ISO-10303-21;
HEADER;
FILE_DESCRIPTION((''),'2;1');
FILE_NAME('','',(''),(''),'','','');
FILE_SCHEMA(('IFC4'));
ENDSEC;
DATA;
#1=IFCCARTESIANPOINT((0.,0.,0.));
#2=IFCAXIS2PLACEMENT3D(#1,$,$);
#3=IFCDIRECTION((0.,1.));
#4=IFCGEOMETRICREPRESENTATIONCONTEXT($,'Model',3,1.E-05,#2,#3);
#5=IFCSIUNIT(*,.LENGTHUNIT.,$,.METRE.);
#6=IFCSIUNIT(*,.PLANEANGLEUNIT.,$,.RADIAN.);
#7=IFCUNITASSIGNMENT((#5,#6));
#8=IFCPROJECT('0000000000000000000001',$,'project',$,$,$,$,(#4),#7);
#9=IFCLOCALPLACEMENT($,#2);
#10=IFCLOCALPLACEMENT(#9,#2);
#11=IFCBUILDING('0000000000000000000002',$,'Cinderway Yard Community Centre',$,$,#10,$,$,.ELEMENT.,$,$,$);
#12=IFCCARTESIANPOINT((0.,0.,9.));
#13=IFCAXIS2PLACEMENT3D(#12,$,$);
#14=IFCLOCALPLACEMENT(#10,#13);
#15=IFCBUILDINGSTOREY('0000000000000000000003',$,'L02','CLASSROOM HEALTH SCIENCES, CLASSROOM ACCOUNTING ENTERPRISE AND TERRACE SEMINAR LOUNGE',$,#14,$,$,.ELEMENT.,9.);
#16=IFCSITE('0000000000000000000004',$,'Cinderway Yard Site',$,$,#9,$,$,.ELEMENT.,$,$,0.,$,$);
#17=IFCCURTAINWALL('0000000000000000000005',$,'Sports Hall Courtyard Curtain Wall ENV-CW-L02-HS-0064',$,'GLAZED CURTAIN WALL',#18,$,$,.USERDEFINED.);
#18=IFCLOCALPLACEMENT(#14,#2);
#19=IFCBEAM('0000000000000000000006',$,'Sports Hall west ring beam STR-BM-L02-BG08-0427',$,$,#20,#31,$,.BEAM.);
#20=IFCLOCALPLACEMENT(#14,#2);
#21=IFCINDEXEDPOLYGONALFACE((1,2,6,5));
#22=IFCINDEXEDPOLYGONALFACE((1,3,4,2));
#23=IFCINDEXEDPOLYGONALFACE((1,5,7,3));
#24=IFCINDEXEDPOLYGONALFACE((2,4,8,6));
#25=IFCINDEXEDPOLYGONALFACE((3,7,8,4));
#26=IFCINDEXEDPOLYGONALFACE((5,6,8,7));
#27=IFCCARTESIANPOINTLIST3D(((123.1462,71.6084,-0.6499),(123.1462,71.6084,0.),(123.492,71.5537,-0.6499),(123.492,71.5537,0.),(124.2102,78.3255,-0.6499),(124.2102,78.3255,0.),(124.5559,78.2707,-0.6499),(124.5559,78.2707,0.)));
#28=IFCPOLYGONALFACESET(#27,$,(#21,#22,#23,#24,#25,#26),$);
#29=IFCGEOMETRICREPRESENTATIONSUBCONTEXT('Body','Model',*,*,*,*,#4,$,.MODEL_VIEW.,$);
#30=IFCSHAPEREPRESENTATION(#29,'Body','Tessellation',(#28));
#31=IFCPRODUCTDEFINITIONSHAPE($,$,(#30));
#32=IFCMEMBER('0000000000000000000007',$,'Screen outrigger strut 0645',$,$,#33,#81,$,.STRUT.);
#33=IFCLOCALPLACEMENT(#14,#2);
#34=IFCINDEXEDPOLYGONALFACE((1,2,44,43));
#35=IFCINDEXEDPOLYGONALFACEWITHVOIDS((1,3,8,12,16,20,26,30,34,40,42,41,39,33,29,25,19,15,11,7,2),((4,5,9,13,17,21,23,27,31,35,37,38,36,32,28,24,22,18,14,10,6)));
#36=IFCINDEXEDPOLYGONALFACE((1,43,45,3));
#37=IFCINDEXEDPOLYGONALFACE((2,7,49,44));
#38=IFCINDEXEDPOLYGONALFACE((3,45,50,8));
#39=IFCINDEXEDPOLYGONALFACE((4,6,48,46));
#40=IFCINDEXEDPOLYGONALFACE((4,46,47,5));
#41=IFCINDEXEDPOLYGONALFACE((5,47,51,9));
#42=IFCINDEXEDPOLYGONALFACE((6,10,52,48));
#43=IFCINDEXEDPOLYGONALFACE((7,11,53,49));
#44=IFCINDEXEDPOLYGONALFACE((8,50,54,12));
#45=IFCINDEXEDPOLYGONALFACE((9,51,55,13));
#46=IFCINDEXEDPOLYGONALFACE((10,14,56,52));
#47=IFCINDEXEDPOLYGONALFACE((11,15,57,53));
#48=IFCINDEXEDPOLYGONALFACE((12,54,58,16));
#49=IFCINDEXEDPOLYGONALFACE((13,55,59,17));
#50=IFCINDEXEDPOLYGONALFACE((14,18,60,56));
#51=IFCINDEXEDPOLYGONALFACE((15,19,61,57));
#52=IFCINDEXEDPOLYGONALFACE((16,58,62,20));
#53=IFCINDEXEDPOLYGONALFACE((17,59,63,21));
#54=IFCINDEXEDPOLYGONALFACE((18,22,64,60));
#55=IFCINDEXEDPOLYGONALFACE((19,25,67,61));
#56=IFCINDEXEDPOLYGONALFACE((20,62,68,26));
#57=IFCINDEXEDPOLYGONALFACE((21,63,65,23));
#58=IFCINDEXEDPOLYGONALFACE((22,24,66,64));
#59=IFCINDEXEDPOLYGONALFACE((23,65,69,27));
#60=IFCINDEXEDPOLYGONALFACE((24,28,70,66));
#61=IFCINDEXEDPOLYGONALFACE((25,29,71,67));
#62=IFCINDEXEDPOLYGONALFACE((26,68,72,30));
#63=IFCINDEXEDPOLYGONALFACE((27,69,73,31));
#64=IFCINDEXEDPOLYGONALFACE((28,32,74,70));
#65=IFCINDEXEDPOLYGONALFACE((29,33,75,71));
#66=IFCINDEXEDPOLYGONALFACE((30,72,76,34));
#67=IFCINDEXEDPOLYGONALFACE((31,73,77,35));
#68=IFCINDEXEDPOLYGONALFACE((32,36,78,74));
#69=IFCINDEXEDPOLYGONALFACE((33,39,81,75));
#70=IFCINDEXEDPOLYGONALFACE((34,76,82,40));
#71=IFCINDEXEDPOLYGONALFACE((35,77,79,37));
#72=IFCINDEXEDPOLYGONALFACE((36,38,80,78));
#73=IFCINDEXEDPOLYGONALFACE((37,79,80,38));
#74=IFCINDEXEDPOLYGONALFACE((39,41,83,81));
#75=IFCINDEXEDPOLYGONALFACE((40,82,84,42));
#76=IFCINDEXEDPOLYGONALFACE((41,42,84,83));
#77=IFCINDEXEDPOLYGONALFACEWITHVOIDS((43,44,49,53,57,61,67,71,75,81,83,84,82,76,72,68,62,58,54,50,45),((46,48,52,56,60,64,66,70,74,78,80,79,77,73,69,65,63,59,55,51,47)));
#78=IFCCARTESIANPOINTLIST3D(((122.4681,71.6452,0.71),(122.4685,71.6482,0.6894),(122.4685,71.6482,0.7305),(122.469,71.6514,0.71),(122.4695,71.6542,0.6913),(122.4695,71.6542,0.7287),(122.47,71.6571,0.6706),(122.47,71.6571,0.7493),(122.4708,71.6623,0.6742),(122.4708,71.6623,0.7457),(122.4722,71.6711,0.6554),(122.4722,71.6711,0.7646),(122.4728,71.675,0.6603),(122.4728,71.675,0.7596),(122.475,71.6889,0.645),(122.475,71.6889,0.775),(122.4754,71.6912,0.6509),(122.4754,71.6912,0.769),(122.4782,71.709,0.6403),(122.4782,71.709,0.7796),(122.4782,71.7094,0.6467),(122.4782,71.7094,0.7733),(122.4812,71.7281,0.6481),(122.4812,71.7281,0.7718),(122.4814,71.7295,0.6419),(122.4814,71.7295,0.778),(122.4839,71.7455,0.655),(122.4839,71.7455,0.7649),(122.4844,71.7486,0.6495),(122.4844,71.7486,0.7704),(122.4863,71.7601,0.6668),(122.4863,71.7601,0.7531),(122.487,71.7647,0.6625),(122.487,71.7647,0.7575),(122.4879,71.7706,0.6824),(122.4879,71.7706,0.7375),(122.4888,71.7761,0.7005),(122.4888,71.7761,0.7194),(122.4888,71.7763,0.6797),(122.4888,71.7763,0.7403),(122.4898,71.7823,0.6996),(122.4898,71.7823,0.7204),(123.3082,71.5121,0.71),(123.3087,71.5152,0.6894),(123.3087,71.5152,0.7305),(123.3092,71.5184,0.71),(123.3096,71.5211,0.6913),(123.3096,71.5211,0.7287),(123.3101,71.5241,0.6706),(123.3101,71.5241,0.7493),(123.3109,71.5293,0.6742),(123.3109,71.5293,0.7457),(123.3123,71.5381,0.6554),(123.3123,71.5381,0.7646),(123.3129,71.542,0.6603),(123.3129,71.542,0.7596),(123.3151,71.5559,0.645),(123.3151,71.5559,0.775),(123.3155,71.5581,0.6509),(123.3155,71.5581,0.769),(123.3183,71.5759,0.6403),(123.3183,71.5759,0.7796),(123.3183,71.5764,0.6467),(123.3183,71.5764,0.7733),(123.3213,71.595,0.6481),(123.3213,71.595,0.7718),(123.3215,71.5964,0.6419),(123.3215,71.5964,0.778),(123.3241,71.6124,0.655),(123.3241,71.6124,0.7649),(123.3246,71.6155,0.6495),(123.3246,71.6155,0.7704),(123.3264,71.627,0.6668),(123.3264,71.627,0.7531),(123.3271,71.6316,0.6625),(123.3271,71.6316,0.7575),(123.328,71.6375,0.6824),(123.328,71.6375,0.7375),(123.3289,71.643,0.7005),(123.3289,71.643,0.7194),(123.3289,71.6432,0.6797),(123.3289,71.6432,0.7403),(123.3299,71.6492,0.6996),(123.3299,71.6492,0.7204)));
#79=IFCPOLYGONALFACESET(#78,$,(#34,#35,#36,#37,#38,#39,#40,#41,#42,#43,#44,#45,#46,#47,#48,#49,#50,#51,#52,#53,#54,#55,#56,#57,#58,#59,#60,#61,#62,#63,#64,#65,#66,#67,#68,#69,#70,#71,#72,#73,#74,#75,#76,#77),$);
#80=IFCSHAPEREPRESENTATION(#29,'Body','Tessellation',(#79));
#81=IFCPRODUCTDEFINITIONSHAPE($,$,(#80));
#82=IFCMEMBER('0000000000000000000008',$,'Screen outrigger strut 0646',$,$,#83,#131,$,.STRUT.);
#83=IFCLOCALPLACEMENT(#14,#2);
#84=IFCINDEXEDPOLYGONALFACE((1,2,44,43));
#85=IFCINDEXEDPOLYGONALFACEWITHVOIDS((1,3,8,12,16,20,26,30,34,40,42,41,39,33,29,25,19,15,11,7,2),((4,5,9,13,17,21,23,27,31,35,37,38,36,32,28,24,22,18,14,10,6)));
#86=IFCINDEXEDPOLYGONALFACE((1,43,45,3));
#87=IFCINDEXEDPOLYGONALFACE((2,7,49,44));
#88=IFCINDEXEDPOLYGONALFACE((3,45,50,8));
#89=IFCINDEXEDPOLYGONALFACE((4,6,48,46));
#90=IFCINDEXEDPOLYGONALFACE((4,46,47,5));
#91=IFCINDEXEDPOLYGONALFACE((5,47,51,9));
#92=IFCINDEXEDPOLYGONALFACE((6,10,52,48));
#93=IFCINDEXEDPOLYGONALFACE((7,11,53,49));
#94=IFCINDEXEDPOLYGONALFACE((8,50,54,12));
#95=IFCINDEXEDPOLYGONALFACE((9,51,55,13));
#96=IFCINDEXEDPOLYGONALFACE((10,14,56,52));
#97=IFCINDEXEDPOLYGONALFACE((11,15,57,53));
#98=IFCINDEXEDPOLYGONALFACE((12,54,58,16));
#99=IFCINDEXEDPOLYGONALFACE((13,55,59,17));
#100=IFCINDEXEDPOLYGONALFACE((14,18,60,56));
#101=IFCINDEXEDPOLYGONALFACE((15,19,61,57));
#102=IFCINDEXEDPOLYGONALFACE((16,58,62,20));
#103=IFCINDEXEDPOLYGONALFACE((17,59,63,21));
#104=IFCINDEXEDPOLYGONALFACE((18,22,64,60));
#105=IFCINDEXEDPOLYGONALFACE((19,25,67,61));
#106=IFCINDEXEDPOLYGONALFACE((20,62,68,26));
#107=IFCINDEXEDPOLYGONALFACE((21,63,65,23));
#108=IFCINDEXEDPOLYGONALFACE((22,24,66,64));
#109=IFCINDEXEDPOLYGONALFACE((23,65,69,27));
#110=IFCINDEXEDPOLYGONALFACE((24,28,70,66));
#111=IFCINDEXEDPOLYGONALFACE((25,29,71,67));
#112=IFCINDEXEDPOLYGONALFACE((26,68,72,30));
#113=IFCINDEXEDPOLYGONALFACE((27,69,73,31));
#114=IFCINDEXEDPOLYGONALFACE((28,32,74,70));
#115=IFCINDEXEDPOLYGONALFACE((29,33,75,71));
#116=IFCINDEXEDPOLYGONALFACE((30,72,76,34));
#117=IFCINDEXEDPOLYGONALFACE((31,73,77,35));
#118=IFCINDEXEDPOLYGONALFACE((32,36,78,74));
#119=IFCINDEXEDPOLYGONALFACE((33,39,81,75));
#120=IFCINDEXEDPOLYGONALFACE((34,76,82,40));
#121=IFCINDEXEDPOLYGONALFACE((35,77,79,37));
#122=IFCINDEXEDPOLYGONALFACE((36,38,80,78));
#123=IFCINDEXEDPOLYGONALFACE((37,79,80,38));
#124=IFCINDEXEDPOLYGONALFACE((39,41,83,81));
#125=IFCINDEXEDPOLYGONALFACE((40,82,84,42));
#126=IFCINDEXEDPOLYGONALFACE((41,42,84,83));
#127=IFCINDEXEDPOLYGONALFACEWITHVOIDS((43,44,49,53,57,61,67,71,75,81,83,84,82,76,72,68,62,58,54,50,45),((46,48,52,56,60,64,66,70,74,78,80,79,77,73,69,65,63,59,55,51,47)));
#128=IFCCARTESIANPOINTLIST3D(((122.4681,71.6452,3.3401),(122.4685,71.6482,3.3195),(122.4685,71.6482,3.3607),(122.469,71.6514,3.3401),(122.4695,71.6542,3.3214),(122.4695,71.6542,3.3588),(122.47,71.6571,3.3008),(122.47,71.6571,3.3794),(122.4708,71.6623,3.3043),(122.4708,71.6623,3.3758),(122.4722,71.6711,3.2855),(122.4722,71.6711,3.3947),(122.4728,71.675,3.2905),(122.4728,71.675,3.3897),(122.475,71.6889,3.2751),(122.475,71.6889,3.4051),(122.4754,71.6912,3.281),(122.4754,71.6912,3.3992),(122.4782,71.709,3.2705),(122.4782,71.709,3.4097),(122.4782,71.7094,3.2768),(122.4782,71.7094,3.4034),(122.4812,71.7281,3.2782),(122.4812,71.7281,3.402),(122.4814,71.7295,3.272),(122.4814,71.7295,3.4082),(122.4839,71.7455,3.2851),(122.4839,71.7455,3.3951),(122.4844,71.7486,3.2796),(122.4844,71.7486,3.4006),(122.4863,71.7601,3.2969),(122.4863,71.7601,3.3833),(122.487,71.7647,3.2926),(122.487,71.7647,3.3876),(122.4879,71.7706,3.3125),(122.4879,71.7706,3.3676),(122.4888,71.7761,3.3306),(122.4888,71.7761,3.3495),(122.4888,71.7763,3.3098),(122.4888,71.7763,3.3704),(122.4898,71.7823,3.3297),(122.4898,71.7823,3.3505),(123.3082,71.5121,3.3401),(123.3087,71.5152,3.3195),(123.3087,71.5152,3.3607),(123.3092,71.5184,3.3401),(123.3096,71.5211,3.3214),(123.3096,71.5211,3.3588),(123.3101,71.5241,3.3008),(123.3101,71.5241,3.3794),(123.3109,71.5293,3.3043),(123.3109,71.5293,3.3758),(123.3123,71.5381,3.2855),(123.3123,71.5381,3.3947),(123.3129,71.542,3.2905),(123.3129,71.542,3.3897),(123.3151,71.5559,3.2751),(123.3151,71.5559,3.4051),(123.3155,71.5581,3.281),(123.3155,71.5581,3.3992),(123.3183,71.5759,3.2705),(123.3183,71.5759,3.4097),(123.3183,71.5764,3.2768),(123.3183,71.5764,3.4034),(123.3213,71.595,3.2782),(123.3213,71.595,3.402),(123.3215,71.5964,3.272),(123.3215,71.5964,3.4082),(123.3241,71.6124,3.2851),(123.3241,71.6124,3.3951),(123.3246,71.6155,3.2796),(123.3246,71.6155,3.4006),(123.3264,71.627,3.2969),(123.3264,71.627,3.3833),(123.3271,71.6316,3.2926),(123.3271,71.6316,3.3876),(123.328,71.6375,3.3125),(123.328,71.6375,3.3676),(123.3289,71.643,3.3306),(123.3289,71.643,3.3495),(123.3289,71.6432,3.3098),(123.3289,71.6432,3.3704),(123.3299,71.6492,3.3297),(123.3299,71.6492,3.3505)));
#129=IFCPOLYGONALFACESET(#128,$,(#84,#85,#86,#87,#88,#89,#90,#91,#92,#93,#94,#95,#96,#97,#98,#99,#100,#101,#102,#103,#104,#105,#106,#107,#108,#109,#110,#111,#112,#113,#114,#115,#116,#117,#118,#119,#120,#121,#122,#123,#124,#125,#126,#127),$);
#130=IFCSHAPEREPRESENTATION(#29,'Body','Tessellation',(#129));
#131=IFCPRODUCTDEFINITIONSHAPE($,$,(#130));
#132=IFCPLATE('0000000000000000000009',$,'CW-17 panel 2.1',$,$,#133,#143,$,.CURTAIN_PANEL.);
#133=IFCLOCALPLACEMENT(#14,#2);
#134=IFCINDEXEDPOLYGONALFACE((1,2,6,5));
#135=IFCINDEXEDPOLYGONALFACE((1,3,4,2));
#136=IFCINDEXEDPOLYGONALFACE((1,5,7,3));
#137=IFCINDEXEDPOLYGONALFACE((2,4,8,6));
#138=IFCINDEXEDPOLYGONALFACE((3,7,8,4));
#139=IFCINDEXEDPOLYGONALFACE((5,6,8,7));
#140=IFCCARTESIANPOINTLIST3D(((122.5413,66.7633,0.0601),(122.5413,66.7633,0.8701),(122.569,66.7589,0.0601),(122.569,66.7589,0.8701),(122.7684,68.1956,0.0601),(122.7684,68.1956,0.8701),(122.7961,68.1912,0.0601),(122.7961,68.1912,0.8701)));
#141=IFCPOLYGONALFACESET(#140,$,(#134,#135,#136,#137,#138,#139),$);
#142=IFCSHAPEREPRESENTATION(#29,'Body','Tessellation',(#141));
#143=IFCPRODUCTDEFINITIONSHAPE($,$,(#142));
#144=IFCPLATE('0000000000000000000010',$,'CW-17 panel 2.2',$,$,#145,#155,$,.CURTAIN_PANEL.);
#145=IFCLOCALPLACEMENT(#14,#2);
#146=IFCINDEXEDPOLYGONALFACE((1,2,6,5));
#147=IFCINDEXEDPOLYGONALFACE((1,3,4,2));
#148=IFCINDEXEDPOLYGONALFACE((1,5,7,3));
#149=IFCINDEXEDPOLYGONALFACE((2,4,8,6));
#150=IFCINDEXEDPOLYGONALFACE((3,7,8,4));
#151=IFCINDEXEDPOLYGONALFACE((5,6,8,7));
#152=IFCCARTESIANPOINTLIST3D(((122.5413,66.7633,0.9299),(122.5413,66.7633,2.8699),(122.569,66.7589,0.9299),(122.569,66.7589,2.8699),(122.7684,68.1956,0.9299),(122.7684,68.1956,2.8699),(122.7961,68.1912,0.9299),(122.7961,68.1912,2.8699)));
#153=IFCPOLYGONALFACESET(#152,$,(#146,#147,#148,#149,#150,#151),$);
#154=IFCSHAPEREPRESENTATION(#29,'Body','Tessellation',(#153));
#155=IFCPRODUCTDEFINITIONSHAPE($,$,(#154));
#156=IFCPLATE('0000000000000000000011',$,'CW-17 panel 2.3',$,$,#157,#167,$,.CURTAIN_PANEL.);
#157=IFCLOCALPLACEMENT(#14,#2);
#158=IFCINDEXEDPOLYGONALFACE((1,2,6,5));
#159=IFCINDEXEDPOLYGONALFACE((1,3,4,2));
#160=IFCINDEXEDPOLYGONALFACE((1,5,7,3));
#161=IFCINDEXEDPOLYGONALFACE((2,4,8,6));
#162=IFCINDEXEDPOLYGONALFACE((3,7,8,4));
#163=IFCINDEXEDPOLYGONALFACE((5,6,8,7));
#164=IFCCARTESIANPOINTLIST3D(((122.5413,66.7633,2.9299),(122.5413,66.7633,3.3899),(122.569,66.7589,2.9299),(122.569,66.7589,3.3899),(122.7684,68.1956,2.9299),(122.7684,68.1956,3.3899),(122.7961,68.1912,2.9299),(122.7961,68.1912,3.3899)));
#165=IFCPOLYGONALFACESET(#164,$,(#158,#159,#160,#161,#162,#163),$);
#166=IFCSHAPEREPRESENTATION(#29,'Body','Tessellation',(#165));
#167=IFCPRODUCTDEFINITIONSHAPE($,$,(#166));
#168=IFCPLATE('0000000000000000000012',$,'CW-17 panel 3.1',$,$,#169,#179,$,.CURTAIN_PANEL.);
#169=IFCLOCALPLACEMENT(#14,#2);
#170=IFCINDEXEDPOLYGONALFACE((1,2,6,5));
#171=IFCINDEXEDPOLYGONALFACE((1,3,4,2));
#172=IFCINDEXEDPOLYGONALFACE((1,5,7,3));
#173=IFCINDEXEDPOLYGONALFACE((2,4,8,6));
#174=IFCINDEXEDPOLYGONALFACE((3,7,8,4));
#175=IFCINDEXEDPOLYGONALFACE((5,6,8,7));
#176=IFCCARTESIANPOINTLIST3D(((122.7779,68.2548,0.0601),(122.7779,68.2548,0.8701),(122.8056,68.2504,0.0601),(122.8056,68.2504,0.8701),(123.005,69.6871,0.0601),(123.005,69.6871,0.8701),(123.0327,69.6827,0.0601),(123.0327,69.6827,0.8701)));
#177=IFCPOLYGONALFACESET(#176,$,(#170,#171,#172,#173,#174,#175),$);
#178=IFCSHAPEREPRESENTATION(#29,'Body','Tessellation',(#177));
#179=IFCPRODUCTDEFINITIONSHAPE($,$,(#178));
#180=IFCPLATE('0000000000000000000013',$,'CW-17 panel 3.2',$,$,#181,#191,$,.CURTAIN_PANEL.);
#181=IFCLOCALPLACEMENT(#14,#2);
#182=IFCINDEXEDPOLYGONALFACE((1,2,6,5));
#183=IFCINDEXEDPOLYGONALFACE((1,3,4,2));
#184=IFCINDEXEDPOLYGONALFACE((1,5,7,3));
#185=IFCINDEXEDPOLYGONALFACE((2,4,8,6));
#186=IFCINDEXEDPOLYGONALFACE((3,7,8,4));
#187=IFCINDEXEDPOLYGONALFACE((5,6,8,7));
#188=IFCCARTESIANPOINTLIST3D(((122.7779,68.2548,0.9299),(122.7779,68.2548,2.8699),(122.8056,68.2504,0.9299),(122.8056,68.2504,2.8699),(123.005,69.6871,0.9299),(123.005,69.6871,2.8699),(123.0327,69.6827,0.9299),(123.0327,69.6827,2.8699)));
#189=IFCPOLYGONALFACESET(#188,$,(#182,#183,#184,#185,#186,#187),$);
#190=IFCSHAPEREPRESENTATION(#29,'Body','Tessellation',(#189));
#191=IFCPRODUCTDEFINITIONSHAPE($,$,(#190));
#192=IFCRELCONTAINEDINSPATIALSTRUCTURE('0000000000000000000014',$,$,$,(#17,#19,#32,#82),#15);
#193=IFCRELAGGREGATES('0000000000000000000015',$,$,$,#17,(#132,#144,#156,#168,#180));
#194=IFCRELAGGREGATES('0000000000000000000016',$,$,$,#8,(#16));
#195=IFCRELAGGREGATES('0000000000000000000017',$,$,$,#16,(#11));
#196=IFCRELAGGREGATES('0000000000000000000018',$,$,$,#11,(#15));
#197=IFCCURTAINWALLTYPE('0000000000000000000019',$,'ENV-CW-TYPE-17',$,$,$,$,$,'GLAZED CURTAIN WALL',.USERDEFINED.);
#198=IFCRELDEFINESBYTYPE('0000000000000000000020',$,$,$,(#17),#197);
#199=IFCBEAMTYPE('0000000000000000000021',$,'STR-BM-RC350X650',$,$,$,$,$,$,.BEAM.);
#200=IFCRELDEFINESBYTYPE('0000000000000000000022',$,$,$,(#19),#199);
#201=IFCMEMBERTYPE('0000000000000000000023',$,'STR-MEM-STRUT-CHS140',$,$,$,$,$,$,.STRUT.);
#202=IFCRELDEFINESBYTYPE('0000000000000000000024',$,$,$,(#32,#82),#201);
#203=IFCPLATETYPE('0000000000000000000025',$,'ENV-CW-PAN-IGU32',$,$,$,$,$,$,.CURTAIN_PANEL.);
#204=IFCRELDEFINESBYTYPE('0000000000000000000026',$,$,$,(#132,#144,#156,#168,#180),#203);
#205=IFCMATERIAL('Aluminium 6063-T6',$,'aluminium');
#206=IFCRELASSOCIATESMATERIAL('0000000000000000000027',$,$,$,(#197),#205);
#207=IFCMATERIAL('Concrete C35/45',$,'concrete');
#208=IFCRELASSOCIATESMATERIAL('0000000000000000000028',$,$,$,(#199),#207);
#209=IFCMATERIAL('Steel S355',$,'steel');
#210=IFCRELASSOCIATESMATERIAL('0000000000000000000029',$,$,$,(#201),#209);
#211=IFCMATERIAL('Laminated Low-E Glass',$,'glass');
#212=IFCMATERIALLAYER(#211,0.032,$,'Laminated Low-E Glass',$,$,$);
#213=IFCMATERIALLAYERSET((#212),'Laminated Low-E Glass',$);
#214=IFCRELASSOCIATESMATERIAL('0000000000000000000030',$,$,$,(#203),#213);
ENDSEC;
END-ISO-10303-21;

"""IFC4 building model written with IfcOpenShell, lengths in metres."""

from ifc_helpers import new_model, si_unit, direction, frame, origin, origin_2d, place, context, subcontext, project, spatial, rectangle, hollow_circle, extrude, material, layer, layer_set, material_profile, profile_set, type_object, element, aggregate, save


model = new_model("IFC4")

# Units and contexts
model_context = context("Model", 3, precision=1e-05, world=origin(), true_north=direction((0.0, 1.0)))
body_context = subcontext(model_context, "Body", "Model", "MODEL_VIEW")
ifc_project = project(units=[si_unit("LENGTHUNIT", "METRE"), si_unit("PLANEANGLEUNIT", "RADIAN")], contexts=[model_context])

# Site, building, storey
site_placement = place(None, origin())
site = spatial("IfcSite", under=ifc_project, at=site_placement, Name="Cinderway Yard Site", CompositionType="ELEMENT", RefElevation=0.0)
building_placement = place(site_placement, origin())
building = spatial("IfcBuilding", under=site, at=building_placement, Name="Cinderway Yard Community Centre", CompositionType="ELEMENT")
storey_placement = place(building_placement, frame((0.0, 0.0, 9.0)))
storey = spatial("IfcBuildingStorey", under=building, at=storey_placement, Name="L02", Description="CLASSROOM HEALTH SCIENCES, CLASSROOM ACCOUNTING ENTERPRISE AND TERRACE SEMINAR LOUNGE", CompositionType="ELEMENT", Elevation=9.0)

# Curtain wall
ifc_material_1 = material(Name="Aluminium 6063-T6", Category="aluminium")
curtain_wall_type = type_object("IfcCurtainWallType", Name="ENV-CW-TYPE-17", ElementType="GLAZED CURTAIN WALL", PredefinedType="USERDEFINED", material=ifc_material_1)
curtain_wall_placement = place(storey_placement, origin())
curtain_wall = element("IfcCurtainWall", 1, at=curtain_wall_placement, inside=storey, type_object=curtain_wall_type, Name="Sports Hall Courtyard Curtain Wall ENV-CW-L02-HS-0064", ObjectType="GLAZED CURTAIN WALL", PredefinedType="USERDEFINED")

# Beam
ifc_material_2 = material(Name="Concrete C35/45", Category="concrete")
ifc_material_profile_1 = material_profile(ifc_material_2, rectangle(XDim=0.3501, YDim=0.6499, at=origin_2d()), Name="Concrete C35/45")
ifc_profile_set_1 = profile_set([ifc_material_profile_1], Name="Concrete C35/45")
beam_type = type_object("IfcBeamType", Name="STR-BM-RC350X650", PredefinedType="BEAM", material=ifc_profile_set_1)
beam_placement = place(storey_placement, frame((123.3191, 71.5811, -0.325), z_axis=(0.156447, 0.987686, 0.0), x_axis=(-0.987686, 0.156447, 0.0)))
element("IfcBeam", 2, at=beam_placement, inside=storey, type_object=beam_type, Name="Sports Hall west ring beam STR-BM-L02-BG08-0427", PredefinedType="BEAM", context=body_context, shape_type="SweptSolid", body=[
    extrude(rectangle(XDim=0.3501, YDim=0.6499, at=origin_2d()), origin(), (0.0, 0.0, 1.0), 6.8008),
])

# Members
ifc_material_3 = material(Name="Steel S355", Category="steel")
ifc_material_profile_2 = material_profile(ifc_material_3, hollow_circle(Radius=0.0698, WallThickness=0.0063, at=origin_2d()), Name="Steel S355")
ifc_profile_set_2 = profile_set([ifc_material_profile_2], Name="Steel S355")
member_type_1 = type_object("IfcMemberType", Name="STR-MEM-STRUT-CHS140", PredefinedType="STRUT", material=ifc_profile_set_2)
for number, where, z_axis, x_axis, name in (
    (3, (123.3191, 71.5811, 0.71), (-0.987688, 0.156434, 0.0), (-0.156434, -0.987688, 0.0), "Screen outrigger strut 0645"),
    (4, (123.3191, 71.5811, 3.3401), (-0.987688, 0.156434, 0.0), (-0.156434, -0.987688, 0.0), "Screen outrigger strut 0646"),
):
    element("IfcMember", number, at=place(storey_placement, frame(where, z_axis=z_axis, x_axis=x_axis)), inside=storey, type_object=member_type_1, Name=name, PredefinedType="STRUT", context=body_context, shape_type="SweptSolid", body=[
        extrude(hollow_circle(Radius=0.0698, WallThickness=0.0063, at=origin_2d()), origin(), (0.0, 0.0, 1.0), 0.8506),
    ])

# Plates
ifc_material_4 = material(Name="Laminated Low-E Glass", Category="glass")
ifc_layer_1 = layer(ifc_material_4, 0.032, Name="Laminated Low-E Glass")
ifc_layer_set_1 = layer_set([ifc_layer_1], Name="Laminated Low-E Glass")
plate_type_1 = type_object("IfcPlateType", Name="ENV-CW-PAN-IGU32", PredefinedType="CURTAIN_PANEL", material=ifc_layer_set_1)
plate_1_placement = place(storey_placement, frame((122.6687, 67.4773, 0.0601), z_axis=(0.0, 0.0, 1.0), x_axis=(0.156609, 0.987661, 0.0)))
plate_1 = element("IfcPlate", 5, at=plate_1_placement, type_object=plate_type_1, Name="CW-17 panel 2.1", PredefinedType="CURTAIN_PANEL", context=body_context, shape_type="SweptSolid", body=[
    extrude(rectangle(XDim=1.4502, YDim=0.0281, at=origin_2d()), origin(), (0.0, 0.0, 1.0), 0.8101),
])
plate_2_placement = place(storey_placement, frame((122.6687, 67.4773, 0.9299), z_axis=(0.0, 0.0, 1.0), x_axis=(0.156609, 0.987661, 0.0)))
plate_2 = element("IfcPlate", 6, at=plate_2_placement, type_object=plate_type_1, Name="CW-17 panel 2.2", PredefinedType="CURTAIN_PANEL", context=body_context, shape_type="SweptSolid", body=[
    extrude(rectangle(XDim=1.4502, YDim=0.0281, at=origin_2d()), origin(), (0.0, 0.0, 1.0), 1.9399),
])
plate_3_placement = place(storey_placement, frame((122.6687, 67.4773, 2.9299), z_axis=(0.0, 0.0, 1.0), x_axis=(0.156609, 0.987661, 0.0)))
plate_3 = element("IfcPlate", 7, at=plate_3_placement, type_object=plate_type_1, Name="CW-17 panel 2.3", PredefinedType="CURTAIN_PANEL", context=body_context, shape_type="SweptSolid", body=[
    extrude(rectangle(XDim=1.4502, YDim=0.0281, at=origin_2d()), origin(), (0.0, 0.0, 1.0), 0.46),
])
plate_4_placement = place(storey_placement, frame((122.9053, 68.9688, 0.0601), z_axis=(0.0, 0.0, 1.0), x_axis=(0.156609, 0.987661, 0.0)))
plate_4 = element("IfcPlate", 8, at=plate_4_placement, type_object=plate_type_1, Name="CW-17 panel 3.1", PredefinedType="CURTAIN_PANEL", context=body_context, shape_type="SweptSolid", body=[
    extrude(rectangle(XDim=1.4502, YDim=0.0281, at=origin_2d()), origin(), (0.0, 0.0, 1.0), 0.8101),
])
plate_5_placement = place(storey_placement, frame((122.9053, 68.9688, 0.9299), z_axis=(0.0, 0.0, 1.0), x_axis=(0.156609, 0.987661, 0.0)))
plate_5 = element("IfcPlate", 9, at=plate_5_placement, type_object=plate_type_1, Name="CW-17 panel 3.2", PredefinedType="CURTAIN_PANEL", context=body_context, shape_type="SweptSolid", body=[
    extrude(rectangle(XDim=1.4502, YDim=0.0281, at=origin_2d()), origin(), (0.0, 0.0, 1.0), 1.9399),
])
aggregate(curtain_wall, [plate_1, plate_2, plate_3, plate_4, plate_5])

save(model, "model.ifc")
